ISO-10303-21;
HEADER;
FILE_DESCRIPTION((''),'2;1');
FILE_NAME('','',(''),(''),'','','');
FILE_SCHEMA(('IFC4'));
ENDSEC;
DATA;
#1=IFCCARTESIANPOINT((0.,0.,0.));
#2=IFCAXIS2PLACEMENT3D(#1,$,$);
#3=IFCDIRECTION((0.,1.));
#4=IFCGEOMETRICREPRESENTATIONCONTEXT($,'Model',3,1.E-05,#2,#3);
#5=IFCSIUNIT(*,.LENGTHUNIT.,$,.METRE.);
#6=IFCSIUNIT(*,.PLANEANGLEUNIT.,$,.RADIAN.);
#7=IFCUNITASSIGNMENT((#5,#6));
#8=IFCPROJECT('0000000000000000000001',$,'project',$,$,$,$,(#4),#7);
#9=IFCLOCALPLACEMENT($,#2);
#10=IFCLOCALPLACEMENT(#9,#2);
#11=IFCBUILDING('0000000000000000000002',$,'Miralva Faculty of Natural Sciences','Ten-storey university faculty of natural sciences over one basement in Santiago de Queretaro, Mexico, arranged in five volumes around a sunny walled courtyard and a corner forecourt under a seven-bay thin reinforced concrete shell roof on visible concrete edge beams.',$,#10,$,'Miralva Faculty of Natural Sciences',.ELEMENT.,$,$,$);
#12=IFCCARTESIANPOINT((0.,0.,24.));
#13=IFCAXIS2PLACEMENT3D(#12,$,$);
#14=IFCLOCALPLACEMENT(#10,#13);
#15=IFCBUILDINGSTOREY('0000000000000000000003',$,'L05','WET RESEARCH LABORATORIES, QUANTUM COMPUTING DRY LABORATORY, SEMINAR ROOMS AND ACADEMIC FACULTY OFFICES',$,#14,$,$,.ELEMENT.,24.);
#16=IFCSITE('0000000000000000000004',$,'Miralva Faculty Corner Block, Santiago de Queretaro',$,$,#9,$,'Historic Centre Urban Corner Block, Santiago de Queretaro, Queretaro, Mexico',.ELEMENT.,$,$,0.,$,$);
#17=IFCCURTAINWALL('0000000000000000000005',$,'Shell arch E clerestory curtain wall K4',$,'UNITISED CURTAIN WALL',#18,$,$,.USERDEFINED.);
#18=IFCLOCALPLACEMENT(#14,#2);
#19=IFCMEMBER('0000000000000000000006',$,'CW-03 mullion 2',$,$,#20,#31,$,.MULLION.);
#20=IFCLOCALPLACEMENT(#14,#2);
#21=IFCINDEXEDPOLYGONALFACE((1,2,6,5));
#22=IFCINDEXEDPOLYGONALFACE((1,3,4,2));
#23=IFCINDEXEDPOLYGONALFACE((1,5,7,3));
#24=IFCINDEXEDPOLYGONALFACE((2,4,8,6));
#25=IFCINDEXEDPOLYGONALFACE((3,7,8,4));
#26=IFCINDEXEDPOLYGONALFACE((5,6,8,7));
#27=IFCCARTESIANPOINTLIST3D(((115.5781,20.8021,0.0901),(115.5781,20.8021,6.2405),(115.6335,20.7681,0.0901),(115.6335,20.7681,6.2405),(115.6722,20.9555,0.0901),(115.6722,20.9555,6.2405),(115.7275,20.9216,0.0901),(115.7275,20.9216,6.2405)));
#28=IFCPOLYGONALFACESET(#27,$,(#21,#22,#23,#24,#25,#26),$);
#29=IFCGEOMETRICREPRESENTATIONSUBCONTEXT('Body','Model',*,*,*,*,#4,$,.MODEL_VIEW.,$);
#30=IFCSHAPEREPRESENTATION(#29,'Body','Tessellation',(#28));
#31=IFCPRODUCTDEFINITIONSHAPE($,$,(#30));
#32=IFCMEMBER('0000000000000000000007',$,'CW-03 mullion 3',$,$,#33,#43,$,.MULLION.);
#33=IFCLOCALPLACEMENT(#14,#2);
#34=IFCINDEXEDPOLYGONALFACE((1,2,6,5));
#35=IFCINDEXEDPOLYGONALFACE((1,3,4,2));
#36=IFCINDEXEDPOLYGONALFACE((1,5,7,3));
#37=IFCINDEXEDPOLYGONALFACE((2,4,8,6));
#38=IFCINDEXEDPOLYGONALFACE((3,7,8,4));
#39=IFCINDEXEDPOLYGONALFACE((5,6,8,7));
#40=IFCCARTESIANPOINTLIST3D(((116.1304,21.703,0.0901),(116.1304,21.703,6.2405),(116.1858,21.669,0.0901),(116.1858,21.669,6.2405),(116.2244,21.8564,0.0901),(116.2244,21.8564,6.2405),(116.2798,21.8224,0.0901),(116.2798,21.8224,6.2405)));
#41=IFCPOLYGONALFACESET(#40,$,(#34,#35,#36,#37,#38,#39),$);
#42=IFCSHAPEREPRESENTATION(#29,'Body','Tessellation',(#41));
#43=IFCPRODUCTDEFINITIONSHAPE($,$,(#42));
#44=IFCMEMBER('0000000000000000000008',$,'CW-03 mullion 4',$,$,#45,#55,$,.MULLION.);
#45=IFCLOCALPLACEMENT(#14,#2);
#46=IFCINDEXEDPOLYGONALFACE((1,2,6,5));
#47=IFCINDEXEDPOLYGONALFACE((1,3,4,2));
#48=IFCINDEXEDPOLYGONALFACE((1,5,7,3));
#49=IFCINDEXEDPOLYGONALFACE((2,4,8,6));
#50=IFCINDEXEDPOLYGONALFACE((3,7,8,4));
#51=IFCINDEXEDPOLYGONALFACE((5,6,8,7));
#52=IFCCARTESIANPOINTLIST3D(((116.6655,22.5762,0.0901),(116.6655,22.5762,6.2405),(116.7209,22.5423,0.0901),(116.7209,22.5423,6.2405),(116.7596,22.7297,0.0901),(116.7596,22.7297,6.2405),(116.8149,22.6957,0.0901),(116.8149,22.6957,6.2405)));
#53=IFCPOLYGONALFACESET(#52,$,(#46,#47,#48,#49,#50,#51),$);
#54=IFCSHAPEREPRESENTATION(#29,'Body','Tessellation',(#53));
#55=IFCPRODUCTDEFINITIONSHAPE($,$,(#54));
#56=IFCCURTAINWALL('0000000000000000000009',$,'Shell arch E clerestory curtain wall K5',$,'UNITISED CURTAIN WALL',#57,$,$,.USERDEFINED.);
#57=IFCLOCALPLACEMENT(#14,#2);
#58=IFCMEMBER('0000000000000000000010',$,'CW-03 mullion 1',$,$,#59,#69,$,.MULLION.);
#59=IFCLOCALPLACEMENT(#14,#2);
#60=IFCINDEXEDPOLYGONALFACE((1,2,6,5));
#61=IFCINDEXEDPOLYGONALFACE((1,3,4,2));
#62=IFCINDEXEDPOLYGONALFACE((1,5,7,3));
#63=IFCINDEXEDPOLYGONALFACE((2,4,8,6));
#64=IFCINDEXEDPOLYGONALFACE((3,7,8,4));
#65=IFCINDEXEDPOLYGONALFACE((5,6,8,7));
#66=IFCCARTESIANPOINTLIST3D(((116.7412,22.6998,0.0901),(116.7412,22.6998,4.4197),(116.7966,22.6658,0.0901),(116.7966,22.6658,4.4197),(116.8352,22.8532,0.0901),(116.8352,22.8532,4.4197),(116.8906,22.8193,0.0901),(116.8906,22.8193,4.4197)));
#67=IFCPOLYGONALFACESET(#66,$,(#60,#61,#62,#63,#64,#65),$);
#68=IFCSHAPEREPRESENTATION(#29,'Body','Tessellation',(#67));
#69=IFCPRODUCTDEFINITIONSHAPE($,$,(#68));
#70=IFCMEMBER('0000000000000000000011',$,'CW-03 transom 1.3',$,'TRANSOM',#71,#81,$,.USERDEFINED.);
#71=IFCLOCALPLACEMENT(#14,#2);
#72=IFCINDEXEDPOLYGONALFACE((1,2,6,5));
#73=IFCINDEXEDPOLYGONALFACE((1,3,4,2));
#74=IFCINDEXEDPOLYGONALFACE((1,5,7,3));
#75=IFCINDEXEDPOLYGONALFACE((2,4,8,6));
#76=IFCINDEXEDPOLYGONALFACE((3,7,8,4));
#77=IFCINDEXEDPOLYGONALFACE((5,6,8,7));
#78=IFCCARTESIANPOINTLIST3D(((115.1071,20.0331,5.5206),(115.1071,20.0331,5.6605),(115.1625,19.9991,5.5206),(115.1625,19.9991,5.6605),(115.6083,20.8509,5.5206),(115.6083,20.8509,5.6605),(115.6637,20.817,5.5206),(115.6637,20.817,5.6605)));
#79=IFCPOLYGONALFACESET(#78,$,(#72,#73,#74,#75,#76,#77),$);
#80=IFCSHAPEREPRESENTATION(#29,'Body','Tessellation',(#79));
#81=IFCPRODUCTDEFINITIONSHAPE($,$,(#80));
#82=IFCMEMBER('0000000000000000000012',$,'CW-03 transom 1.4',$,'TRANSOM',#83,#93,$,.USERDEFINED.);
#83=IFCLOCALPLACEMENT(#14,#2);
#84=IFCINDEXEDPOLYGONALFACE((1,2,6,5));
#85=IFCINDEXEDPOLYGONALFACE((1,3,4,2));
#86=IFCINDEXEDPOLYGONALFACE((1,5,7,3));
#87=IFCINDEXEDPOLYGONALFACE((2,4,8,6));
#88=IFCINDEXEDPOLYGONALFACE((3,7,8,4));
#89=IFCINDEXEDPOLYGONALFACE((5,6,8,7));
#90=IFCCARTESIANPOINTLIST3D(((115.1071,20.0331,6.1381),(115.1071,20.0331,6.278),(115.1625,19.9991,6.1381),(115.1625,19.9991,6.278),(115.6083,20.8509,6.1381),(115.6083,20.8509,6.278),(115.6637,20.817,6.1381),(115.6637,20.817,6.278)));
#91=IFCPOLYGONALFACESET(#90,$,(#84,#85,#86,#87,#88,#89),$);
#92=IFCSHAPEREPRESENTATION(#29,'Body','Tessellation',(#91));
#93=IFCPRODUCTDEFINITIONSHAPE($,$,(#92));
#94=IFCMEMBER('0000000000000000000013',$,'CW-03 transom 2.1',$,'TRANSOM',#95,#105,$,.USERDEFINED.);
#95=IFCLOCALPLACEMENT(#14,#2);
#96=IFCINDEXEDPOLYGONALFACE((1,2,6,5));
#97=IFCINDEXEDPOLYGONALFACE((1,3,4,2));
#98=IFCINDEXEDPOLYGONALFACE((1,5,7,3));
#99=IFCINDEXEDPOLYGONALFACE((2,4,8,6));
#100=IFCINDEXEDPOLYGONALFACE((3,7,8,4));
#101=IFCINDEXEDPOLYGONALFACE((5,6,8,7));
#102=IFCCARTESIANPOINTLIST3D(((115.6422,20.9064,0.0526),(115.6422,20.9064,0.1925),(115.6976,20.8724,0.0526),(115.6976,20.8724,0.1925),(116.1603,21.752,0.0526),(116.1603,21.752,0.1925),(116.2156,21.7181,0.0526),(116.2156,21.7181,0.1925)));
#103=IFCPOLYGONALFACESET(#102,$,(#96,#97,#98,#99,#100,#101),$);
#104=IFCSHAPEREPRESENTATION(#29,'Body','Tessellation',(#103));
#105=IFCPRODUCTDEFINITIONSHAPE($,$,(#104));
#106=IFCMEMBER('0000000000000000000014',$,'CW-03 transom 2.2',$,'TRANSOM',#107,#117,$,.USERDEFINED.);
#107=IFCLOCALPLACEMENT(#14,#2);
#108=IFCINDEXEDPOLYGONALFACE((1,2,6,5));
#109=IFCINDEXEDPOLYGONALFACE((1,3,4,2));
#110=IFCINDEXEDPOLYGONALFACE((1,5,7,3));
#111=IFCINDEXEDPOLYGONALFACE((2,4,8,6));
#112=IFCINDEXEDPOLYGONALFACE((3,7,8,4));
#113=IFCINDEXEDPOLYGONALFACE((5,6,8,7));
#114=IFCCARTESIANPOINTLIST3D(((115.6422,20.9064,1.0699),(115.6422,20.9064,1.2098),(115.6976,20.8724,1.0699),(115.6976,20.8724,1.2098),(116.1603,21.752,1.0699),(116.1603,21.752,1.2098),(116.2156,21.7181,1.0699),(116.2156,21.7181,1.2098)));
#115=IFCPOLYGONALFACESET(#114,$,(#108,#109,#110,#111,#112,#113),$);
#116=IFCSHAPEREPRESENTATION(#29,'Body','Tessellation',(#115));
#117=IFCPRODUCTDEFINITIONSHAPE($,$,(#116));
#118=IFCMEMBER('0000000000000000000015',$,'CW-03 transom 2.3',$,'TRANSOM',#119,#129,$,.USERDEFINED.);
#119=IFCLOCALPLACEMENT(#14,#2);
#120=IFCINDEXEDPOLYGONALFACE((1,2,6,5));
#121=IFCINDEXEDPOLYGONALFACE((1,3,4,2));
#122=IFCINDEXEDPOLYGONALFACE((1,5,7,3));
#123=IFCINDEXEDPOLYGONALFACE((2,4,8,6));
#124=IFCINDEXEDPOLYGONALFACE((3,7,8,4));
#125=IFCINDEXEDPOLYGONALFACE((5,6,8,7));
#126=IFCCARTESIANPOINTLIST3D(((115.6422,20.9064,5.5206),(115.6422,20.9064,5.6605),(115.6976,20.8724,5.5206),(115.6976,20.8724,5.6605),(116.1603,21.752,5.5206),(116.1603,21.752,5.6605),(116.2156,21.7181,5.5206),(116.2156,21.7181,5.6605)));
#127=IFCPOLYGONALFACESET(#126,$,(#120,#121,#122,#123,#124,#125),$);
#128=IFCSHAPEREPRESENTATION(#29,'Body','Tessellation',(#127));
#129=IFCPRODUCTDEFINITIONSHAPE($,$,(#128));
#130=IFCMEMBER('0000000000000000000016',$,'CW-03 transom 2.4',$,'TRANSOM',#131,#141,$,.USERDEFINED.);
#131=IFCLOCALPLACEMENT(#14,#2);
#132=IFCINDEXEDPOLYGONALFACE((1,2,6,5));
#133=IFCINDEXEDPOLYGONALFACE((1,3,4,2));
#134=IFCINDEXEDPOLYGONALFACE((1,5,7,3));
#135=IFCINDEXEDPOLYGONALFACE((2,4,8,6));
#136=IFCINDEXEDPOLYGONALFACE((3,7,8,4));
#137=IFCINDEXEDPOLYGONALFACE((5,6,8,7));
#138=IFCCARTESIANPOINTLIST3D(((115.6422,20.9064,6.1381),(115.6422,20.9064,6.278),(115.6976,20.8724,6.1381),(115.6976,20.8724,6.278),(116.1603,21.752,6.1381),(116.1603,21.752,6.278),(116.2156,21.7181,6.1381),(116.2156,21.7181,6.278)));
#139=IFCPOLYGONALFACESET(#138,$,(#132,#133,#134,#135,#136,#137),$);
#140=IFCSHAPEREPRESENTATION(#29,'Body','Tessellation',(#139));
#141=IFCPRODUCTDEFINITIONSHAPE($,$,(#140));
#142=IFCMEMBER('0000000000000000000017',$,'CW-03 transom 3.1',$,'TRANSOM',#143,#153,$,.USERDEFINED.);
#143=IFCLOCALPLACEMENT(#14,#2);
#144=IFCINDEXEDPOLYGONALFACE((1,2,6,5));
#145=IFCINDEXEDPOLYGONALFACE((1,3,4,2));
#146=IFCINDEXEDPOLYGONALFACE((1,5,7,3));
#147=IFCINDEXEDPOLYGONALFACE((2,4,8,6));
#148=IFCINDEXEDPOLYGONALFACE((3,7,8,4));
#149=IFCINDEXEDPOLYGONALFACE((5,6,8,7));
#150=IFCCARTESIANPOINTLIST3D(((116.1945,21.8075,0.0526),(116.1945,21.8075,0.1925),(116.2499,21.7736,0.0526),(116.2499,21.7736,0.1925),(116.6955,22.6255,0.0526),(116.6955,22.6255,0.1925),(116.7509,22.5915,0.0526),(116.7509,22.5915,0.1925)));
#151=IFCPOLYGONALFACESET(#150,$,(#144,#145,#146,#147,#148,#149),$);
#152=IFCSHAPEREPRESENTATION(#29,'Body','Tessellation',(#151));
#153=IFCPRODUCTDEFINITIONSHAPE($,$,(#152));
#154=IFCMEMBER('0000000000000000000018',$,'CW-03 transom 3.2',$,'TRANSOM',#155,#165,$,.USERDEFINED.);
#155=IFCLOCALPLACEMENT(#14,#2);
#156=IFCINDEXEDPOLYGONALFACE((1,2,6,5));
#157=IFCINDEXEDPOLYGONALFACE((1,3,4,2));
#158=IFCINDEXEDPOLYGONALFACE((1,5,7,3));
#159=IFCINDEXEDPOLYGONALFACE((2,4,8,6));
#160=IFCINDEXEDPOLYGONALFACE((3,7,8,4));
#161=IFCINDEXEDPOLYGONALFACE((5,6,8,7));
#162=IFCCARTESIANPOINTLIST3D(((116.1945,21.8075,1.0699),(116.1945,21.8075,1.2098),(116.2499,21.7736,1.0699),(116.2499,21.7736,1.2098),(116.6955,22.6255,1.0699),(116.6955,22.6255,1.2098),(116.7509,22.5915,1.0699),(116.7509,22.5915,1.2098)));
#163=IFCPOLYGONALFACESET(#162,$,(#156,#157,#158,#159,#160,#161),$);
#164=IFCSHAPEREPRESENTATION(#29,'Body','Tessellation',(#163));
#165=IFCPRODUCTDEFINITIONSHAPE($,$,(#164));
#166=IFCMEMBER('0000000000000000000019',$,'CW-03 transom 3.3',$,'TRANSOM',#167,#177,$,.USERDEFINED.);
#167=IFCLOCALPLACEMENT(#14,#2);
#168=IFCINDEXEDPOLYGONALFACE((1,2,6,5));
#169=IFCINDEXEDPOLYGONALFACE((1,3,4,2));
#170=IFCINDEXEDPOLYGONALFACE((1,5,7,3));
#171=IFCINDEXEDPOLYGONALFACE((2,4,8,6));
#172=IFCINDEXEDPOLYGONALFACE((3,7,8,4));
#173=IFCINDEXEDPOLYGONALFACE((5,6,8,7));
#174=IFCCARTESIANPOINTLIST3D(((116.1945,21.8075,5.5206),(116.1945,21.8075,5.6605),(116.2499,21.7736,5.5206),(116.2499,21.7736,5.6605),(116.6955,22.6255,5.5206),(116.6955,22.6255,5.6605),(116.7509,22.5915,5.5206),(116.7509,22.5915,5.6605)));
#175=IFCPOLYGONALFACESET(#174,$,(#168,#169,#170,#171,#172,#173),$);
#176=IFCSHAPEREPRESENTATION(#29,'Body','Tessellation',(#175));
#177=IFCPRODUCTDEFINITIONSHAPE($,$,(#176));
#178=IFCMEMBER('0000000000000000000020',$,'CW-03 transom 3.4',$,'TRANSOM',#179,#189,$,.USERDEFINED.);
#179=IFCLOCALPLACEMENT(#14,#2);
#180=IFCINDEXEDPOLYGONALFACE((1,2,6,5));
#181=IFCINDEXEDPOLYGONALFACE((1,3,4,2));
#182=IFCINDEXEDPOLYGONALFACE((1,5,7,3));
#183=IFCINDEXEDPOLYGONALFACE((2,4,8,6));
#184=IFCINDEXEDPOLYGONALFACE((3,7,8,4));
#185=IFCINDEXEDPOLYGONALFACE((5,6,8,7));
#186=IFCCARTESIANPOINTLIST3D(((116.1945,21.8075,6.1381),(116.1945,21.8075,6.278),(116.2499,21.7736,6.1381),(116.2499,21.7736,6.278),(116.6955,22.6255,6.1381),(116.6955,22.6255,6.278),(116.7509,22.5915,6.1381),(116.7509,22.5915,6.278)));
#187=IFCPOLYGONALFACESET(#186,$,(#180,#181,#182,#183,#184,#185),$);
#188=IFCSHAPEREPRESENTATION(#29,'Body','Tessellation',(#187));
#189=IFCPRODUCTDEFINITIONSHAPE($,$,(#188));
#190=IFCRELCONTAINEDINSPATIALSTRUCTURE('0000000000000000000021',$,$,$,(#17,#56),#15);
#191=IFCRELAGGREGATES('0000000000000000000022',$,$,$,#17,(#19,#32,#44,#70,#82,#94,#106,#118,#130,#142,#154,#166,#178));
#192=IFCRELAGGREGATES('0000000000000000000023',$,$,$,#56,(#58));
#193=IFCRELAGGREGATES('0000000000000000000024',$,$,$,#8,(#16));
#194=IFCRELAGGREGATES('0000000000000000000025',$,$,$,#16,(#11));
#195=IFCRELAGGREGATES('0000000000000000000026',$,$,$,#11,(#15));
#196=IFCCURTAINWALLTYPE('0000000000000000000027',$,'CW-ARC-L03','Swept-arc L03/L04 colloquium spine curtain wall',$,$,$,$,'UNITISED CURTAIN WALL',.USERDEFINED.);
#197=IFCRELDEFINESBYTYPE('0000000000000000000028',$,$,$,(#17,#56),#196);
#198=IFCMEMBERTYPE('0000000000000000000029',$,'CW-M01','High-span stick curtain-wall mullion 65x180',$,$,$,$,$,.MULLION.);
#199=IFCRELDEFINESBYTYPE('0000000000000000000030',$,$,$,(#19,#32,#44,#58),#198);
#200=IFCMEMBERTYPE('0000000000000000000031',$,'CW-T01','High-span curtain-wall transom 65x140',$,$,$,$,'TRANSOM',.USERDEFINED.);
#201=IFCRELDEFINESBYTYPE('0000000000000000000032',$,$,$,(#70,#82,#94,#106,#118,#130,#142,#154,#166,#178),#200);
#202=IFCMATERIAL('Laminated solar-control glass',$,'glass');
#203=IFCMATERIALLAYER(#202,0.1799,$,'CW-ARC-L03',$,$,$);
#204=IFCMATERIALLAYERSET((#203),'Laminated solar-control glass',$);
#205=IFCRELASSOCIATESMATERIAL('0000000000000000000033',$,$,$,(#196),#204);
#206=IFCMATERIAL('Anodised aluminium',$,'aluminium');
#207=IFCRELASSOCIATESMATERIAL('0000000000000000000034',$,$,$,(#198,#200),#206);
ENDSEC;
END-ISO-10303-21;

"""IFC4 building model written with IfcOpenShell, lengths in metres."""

from ifc_helpers import new_model, si_unit, direction, frame, origin, origin_2d, place, context, subcontext, project, spatial, rectangle, extrude, material, layer, layer_set, material_profile, profile_set, type_object, element, aggregate, save


model = new_model("IFC4")

# Units and contexts
model_context = context("Model", 3, precision=1e-05, world=origin(), true_north=direction((0.0, 1.0)))
body_context = subcontext(model_context, "Body", "Model", "MODEL_VIEW")
ifc_project = project(units=[si_unit("LENGTHUNIT", "METRE"), si_unit("PLANEANGLEUNIT", "RADIAN")], contexts=[model_context])

# Site, building, storey
site_placement = place(None, origin())
site = spatial("IfcSite", under=ifc_project, at=site_placement, Name="Miralva Faculty Corner Block, Santiago de Queretaro", LongName="Historic Centre Urban Corner Block, Santiago de Queretaro, Queretaro, Mexico", CompositionType="ELEMENT", RefElevation=0.0)
building_placement = place(site_placement, origin())
building = spatial("IfcBuilding", under=site, at=building_placement, Name="Miralva Faculty of Natural Sciences", Description="Ten-storey university faculty of natural sciences over one basement in Santiago de Queretaro, Mexico, arranged in five volumes around a sunny walled courtyard and a corner forecourt under a seven-bay thin reinforced concrete shell roof on visible concrete edge beams.", LongName="Miralva Faculty of Natural Sciences", CompositionType="ELEMENT")
storey_placement = place(building_placement, frame((0.0, 0.0, 24.0)))
storey = spatial("IfcBuildingStorey", under=building, at=storey_placement, Name="L05", Description="WET RESEARCH LABORATORIES, QUANTUM COMPUTING DRY LABORATORY, SEMINAR ROOMS AND ACADEMIC FACULTY OFFICES", CompositionType="ELEMENT", Elevation=24.0)

# Curtain wall, members
ifc_material_1 = material(Name="Laminated solar-control glass", Category="glass")
ifc_layer_1 = layer(ifc_material_1, 0.1799, Name="CW-ARC-L03")
ifc_layer_set_1 = layer_set([ifc_layer_1], Name="Laminated solar-control glass")
curtain_wall_type = type_object("IfcCurtainWallType", Name="CW-ARC-L03", Description="Swept-arc L03/L04 colloquium spine curtain wall", ElementType="UNITISED CURTAIN WALL", PredefinedType="USERDEFINED", material=ifc_layer_set_1)
curtain_wall_1_placement = place(storey_placement, origin())
curtain_wall_1 = element("IfcCurtainWall", 1, at=curtain_wall_1_placement, inside=storey, type_object=curtain_wall_type, Name="Shell arch E clerestory curtain wall K4", ObjectType="UNITISED CURTAIN WALL", PredefinedType="USERDEFINED")
ifc_material_2 = material(Name="Anodised aluminium", Category="aluminium")
ifc_material_profile_1 = material_profile(ifc_material_2, rectangle(XDim=0.0649, YDim=0.1799, at=origin_2d()), Name="MULLION 65x180")
ifc_profile_set_1 = profile_set([ifc_material_profile_1], Name="Anodised aluminium")
member_type_1 = type_object("IfcMemberType", Name="CW-M01", Description="High-span stick curtain-wall mullion 65x180", PredefinedType="MULLION", material=ifc_profile_set_1)
member_1_placement = place(storey_placement, frame((115.6528, 20.8618, 0.0901), z_axis=(0.0, 0.0, 1.0), x_axis=(-0.852632, 0.522512, 0.0)))
member_1 = element("IfcMember", 2, at=member_1_placement, type_object=member_type_1, Name="CW-03 mullion 2", PredefinedType="MULLION", context=body_context, shape_type="SweptSolid", body=[
    extrude(rectangle(XDim=0.0649, YDim=0.1799, at=origin_2d()), origin(), (0.0, 0.0, 1.0), 6.1504),
])
member_2_placement = place(storey_placement, frame((116.2051, 21.7627, 0.0901), z_axis=(0.0, 0.0, 1.0), x_axis=(-0.852632, 0.522512, 0.0)))
member_2 = element("IfcMember", 3, at=member_2_placement, type_object=member_type_1, Name="CW-03 mullion 3", PredefinedType="MULLION", context=body_context, shape_type="SweptSolid", body=[
    extrude(rectangle(XDim=0.0649, YDim=0.1799, at=origin_2d()), origin(), (0.0, 0.0, 1.0), 6.1504),
])
member_3_placement = place(storey_placement, frame((116.7402, 22.636, 0.0901), z_axis=(0.0, 0.0, 1.0), x_axis=(-0.852632, 0.522512, 0.0)))
member_3 = element("IfcMember", 4, at=member_3_placement, type_object=member_type_1, Name="CW-03 mullion 4", PredefinedType="MULLION", context=body_context, shape_type="SweptSolid", body=[
    extrude(rectangle(XDim=0.0649, YDim=0.1799, at=origin_2d()), origin(), (0.0, 0.0, 1.0), 6.1504),
])

# Curtain wall, member
curtain_wall_2_placement = place(storey_placement, origin())
curtain_wall_2 = element("IfcCurtainWall", 5, at=curtain_wall_2_placement, inside=storey, type_object=curtain_wall_type, Name="Shell arch E clerestory curtain wall K5", ObjectType="UNITISED CURTAIN WALL", PredefinedType="USERDEFINED")
member_4_placement = place(storey_placement, frame((116.8159, 22.7595, 0.0901), z_axis=(0.0, 0.0, 1.0), x_axis=(-0.852646, 0.52249, 0.0)))
member_4 = element("IfcMember", 6, at=member_4_placement, type_object=member_type_1, Name="CW-03 mullion 1", PredefinedType="MULLION", context=body_context, shape_type="SweptSolid", body=[
    extrude(rectangle(XDim=0.0649, YDim=0.1799, at=origin_2d()), origin(), (0.0, 0.0, 1.0), 4.3296),
])

# Members
ifc_material_profile_2 = material_profile(ifc_material_2, rectangle(XDim=0.0649, YDim=0.1399, at=origin_2d()), Name="TRANSOM 65x140")
ifc_profile_set_2 = profile_set([ifc_material_profile_2], Name="Anodised aluminium")
member_type_2 = type_object("IfcMemberType", Name="CW-T01", Description="High-span curtain-wall transom 65x140", ElementType="TRANSOM", PredefinedType="USERDEFINED", material=ifc_profile_set_2)
member_5_placement = place(storey_placement, frame((115.1348, 20.0161, 5.5906), z_axis=(0.52252, 0.852627, 0.0), x_axis=(-0.852627, 0.52252, 0.0)))
member_5 = element("IfcMember", 7, at=member_5_placement, type_object=member_type_2, Name="CW-03 transom 1.3", ObjectType="TRANSOM", PredefinedType="USERDEFINED", context=body_context, shape_type="SweptSolid", body=[
    extrude(rectangle(XDim=0.0649, YDim=0.1399, at=origin_2d()), origin(), (0.0, 0.0, 1.0), 0.9592),
])
member_6_placement = place(storey_placement, frame((115.1348, 20.0161, 6.208), z_axis=(0.52252, 0.852627, 0.0), x_axis=(-0.852627, 0.52252, 0.0)))
member_6 = element("IfcMember", 8, at=member_6_placement, type_object=member_type_2, Name="CW-03 transom 1.4", ObjectType="TRANSOM", PredefinedType="USERDEFINED", context=body_context, shape_type="SweptSolid", body=[
    extrude(rectangle(XDim=0.0649, YDim=0.1399, at=origin_2d()), origin(), (0.0, 0.0, 1.0), 0.9592),
])
member_7_placement = place(storey_placement, frame((115.6699, 20.8894, 0.1226), z_axis=(0.522366, 0.852722, 0.0), x_axis=(-0.852722, 0.522366, 0.0)))
member_7 = element("IfcMember", 9, at=member_7_placement, type_object=member_type_2, Name="CW-03 transom 2.1", ObjectType="TRANSOM", PredefinedType="USERDEFINED", context=body_context, shape_type="SweptSolid", body=[
    extrude(rectangle(XDim=0.0649, YDim=0.1399, at=origin_2d()), origin(), (0.0, 0.0, 1.0), 0.9917),
])
member_8_placement = place(storey_placement, frame((115.6699, 20.8894, 1.1399), z_axis=(0.522366, 0.852722, 0.0), x_axis=(-0.852722, 0.522366, 0.0)))
member_8 = element("IfcMember", 10, at=member_8_placement, type_object=member_type_2, Name="CW-03 transom 2.2", ObjectType="TRANSOM", PredefinedType="USERDEFINED", context=body_context, shape_type="SweptSolid", body=[
    extrude(rectangle(XDim=0.0649, YDim=0.1399, at=origin_2d()), origin(), (0.0, 0.0, 1.0), 0.9917),
])
member_9_placement = place(storey_placement, frame((115.6699, 20.8894, 5.5906), z_axis=(0.522366, 0.852722, 0.0), x_axis=(-0.852722, 0.522366, 0.0)))
member_9 = element("IfcMember", 11, at=member_9_placement, type_object=member_type_2, Name="CW-03 transom 2.3", ObjectType="TRANSOM", PredefinedType="USERDEFINED", context=body_context, shape_type="SweptSolid", body=[
    extrude(rectangle(XDim=0.0649, YDim=0.1399, at=origin_2d()), origin(), (0.0, 0.0, 1.0), 0.9917),
])
member_10_placement = place(storey_placement, frame((115.6699, 20.8894, 6.208), z_axis=(0.522366, 0.852722, 0.0), x_axis=(-0.852722, 0.522366, 0.0)))
member_10 = element("IfcMember", 12, at=member_10_placement, type_object=member_type_2, Name="CW-03 transom 2.4", ObjectType="TRANSOM", PredefinedType="USERDEFINED", context=body_context, shape_type="SweptSolid", body=[
    extrude(rectangle(XDim=0.0649, YDim=0.1399, at=origin_2d()), origin(), (0.0, 0.0, 1.0), 0.9917),
])
member_11_placement = place(storey_placement, frame((116.2222, 21.7905, 0.1226), z_axis=(0.522335, 0.85274, 0.0), x_axis=(-0.85274, 0.522335, 0.0)))
member_11 = element("IfcMember", 13, at=member_11_placement, type_object=member_type_2, Name="CW-03 transom 3.1", ObjectType="TRANSOM", PredefinedType="USERDEFINED", context=body_context, shape_type="SweptSolid", body=[
    extrude(rectangle(XDim=0.0649, YDim=0.1399, at=origin_2d()), origin(), (0.0, 0.0, 1.0), 0.9592),
])
member_12_placement = place(storey_placement, frame((116.2222, 21.7905, 1.1399), z_axis=(0.522335, 0.85274, 0.0), x_axis=(-0.85274, 0.522335, 0.0)))
member_12 = element("IfcMember", 14, at=member_12_placement, type_object=member_type_2, Name="CW-03 transom 3.2", ObjectType="TRANSOM", PredefinedType="USERDEFINED", context=body_context, shape_type="SweptSolid", body=[
    extrude(rectangle(XDim=0.0649, YDim=0.1399, at=origin_2d()), origin(), (0.0, 0.0, 1.0), 0.9592),
])
member_13_placement = place(storey_placement, frame((116.2222, 21.7905, 5.5906), z_axis=(0.522335, 0.85274, 0.0), x_axis=(-0.85274, 0.522335, 0.0)))
member_13 = element("IfcMember", 15, at=member_13_placement, type_object=member_type_2, Name="CW-03 transom 3.3", ObjectType="TRANSOM", PredefinedType="USERDEFINED", context=body_context, shape_type="SweptSolid", body=[
    extrude(rectangle(XDim=0.0649, YDim=0.1399, at=origin_2d()), origin(), (0.0, 0.0, 1.0), 0.9592),
])
member_14_placement = place(storey_placement, frame((116.2222, 21.7905, 6.208), z_axis=(0.522335, 0.85274, 0.0), x_axis=(-0.85274, 0.522335, 0.0)))
member_14 = element("IfcMember", 16, at=member_14_placement, type_object=member_type_2, Name="CW-03 transom 3.4", ObjectType="TRANSOM", PredefinedType="USERDEFINED", context=body_context, shape_type="SweptSolid", body=[
    extrude(rectangle(XDim=0.0649, YDim=0.1399, at=origin_2d()), origin(), (0.0, 0.0, 1.0), 0.9592),
])

aggregate(curtain_wall_1, [member_1, member_2, member_3, member_5, member_6, member_7, member_8, member_9, member_10, member_11, member_12, member_13, member_14])
aggregate(curtain_wall_2, [member_4])

save(model, "model.ifc")
